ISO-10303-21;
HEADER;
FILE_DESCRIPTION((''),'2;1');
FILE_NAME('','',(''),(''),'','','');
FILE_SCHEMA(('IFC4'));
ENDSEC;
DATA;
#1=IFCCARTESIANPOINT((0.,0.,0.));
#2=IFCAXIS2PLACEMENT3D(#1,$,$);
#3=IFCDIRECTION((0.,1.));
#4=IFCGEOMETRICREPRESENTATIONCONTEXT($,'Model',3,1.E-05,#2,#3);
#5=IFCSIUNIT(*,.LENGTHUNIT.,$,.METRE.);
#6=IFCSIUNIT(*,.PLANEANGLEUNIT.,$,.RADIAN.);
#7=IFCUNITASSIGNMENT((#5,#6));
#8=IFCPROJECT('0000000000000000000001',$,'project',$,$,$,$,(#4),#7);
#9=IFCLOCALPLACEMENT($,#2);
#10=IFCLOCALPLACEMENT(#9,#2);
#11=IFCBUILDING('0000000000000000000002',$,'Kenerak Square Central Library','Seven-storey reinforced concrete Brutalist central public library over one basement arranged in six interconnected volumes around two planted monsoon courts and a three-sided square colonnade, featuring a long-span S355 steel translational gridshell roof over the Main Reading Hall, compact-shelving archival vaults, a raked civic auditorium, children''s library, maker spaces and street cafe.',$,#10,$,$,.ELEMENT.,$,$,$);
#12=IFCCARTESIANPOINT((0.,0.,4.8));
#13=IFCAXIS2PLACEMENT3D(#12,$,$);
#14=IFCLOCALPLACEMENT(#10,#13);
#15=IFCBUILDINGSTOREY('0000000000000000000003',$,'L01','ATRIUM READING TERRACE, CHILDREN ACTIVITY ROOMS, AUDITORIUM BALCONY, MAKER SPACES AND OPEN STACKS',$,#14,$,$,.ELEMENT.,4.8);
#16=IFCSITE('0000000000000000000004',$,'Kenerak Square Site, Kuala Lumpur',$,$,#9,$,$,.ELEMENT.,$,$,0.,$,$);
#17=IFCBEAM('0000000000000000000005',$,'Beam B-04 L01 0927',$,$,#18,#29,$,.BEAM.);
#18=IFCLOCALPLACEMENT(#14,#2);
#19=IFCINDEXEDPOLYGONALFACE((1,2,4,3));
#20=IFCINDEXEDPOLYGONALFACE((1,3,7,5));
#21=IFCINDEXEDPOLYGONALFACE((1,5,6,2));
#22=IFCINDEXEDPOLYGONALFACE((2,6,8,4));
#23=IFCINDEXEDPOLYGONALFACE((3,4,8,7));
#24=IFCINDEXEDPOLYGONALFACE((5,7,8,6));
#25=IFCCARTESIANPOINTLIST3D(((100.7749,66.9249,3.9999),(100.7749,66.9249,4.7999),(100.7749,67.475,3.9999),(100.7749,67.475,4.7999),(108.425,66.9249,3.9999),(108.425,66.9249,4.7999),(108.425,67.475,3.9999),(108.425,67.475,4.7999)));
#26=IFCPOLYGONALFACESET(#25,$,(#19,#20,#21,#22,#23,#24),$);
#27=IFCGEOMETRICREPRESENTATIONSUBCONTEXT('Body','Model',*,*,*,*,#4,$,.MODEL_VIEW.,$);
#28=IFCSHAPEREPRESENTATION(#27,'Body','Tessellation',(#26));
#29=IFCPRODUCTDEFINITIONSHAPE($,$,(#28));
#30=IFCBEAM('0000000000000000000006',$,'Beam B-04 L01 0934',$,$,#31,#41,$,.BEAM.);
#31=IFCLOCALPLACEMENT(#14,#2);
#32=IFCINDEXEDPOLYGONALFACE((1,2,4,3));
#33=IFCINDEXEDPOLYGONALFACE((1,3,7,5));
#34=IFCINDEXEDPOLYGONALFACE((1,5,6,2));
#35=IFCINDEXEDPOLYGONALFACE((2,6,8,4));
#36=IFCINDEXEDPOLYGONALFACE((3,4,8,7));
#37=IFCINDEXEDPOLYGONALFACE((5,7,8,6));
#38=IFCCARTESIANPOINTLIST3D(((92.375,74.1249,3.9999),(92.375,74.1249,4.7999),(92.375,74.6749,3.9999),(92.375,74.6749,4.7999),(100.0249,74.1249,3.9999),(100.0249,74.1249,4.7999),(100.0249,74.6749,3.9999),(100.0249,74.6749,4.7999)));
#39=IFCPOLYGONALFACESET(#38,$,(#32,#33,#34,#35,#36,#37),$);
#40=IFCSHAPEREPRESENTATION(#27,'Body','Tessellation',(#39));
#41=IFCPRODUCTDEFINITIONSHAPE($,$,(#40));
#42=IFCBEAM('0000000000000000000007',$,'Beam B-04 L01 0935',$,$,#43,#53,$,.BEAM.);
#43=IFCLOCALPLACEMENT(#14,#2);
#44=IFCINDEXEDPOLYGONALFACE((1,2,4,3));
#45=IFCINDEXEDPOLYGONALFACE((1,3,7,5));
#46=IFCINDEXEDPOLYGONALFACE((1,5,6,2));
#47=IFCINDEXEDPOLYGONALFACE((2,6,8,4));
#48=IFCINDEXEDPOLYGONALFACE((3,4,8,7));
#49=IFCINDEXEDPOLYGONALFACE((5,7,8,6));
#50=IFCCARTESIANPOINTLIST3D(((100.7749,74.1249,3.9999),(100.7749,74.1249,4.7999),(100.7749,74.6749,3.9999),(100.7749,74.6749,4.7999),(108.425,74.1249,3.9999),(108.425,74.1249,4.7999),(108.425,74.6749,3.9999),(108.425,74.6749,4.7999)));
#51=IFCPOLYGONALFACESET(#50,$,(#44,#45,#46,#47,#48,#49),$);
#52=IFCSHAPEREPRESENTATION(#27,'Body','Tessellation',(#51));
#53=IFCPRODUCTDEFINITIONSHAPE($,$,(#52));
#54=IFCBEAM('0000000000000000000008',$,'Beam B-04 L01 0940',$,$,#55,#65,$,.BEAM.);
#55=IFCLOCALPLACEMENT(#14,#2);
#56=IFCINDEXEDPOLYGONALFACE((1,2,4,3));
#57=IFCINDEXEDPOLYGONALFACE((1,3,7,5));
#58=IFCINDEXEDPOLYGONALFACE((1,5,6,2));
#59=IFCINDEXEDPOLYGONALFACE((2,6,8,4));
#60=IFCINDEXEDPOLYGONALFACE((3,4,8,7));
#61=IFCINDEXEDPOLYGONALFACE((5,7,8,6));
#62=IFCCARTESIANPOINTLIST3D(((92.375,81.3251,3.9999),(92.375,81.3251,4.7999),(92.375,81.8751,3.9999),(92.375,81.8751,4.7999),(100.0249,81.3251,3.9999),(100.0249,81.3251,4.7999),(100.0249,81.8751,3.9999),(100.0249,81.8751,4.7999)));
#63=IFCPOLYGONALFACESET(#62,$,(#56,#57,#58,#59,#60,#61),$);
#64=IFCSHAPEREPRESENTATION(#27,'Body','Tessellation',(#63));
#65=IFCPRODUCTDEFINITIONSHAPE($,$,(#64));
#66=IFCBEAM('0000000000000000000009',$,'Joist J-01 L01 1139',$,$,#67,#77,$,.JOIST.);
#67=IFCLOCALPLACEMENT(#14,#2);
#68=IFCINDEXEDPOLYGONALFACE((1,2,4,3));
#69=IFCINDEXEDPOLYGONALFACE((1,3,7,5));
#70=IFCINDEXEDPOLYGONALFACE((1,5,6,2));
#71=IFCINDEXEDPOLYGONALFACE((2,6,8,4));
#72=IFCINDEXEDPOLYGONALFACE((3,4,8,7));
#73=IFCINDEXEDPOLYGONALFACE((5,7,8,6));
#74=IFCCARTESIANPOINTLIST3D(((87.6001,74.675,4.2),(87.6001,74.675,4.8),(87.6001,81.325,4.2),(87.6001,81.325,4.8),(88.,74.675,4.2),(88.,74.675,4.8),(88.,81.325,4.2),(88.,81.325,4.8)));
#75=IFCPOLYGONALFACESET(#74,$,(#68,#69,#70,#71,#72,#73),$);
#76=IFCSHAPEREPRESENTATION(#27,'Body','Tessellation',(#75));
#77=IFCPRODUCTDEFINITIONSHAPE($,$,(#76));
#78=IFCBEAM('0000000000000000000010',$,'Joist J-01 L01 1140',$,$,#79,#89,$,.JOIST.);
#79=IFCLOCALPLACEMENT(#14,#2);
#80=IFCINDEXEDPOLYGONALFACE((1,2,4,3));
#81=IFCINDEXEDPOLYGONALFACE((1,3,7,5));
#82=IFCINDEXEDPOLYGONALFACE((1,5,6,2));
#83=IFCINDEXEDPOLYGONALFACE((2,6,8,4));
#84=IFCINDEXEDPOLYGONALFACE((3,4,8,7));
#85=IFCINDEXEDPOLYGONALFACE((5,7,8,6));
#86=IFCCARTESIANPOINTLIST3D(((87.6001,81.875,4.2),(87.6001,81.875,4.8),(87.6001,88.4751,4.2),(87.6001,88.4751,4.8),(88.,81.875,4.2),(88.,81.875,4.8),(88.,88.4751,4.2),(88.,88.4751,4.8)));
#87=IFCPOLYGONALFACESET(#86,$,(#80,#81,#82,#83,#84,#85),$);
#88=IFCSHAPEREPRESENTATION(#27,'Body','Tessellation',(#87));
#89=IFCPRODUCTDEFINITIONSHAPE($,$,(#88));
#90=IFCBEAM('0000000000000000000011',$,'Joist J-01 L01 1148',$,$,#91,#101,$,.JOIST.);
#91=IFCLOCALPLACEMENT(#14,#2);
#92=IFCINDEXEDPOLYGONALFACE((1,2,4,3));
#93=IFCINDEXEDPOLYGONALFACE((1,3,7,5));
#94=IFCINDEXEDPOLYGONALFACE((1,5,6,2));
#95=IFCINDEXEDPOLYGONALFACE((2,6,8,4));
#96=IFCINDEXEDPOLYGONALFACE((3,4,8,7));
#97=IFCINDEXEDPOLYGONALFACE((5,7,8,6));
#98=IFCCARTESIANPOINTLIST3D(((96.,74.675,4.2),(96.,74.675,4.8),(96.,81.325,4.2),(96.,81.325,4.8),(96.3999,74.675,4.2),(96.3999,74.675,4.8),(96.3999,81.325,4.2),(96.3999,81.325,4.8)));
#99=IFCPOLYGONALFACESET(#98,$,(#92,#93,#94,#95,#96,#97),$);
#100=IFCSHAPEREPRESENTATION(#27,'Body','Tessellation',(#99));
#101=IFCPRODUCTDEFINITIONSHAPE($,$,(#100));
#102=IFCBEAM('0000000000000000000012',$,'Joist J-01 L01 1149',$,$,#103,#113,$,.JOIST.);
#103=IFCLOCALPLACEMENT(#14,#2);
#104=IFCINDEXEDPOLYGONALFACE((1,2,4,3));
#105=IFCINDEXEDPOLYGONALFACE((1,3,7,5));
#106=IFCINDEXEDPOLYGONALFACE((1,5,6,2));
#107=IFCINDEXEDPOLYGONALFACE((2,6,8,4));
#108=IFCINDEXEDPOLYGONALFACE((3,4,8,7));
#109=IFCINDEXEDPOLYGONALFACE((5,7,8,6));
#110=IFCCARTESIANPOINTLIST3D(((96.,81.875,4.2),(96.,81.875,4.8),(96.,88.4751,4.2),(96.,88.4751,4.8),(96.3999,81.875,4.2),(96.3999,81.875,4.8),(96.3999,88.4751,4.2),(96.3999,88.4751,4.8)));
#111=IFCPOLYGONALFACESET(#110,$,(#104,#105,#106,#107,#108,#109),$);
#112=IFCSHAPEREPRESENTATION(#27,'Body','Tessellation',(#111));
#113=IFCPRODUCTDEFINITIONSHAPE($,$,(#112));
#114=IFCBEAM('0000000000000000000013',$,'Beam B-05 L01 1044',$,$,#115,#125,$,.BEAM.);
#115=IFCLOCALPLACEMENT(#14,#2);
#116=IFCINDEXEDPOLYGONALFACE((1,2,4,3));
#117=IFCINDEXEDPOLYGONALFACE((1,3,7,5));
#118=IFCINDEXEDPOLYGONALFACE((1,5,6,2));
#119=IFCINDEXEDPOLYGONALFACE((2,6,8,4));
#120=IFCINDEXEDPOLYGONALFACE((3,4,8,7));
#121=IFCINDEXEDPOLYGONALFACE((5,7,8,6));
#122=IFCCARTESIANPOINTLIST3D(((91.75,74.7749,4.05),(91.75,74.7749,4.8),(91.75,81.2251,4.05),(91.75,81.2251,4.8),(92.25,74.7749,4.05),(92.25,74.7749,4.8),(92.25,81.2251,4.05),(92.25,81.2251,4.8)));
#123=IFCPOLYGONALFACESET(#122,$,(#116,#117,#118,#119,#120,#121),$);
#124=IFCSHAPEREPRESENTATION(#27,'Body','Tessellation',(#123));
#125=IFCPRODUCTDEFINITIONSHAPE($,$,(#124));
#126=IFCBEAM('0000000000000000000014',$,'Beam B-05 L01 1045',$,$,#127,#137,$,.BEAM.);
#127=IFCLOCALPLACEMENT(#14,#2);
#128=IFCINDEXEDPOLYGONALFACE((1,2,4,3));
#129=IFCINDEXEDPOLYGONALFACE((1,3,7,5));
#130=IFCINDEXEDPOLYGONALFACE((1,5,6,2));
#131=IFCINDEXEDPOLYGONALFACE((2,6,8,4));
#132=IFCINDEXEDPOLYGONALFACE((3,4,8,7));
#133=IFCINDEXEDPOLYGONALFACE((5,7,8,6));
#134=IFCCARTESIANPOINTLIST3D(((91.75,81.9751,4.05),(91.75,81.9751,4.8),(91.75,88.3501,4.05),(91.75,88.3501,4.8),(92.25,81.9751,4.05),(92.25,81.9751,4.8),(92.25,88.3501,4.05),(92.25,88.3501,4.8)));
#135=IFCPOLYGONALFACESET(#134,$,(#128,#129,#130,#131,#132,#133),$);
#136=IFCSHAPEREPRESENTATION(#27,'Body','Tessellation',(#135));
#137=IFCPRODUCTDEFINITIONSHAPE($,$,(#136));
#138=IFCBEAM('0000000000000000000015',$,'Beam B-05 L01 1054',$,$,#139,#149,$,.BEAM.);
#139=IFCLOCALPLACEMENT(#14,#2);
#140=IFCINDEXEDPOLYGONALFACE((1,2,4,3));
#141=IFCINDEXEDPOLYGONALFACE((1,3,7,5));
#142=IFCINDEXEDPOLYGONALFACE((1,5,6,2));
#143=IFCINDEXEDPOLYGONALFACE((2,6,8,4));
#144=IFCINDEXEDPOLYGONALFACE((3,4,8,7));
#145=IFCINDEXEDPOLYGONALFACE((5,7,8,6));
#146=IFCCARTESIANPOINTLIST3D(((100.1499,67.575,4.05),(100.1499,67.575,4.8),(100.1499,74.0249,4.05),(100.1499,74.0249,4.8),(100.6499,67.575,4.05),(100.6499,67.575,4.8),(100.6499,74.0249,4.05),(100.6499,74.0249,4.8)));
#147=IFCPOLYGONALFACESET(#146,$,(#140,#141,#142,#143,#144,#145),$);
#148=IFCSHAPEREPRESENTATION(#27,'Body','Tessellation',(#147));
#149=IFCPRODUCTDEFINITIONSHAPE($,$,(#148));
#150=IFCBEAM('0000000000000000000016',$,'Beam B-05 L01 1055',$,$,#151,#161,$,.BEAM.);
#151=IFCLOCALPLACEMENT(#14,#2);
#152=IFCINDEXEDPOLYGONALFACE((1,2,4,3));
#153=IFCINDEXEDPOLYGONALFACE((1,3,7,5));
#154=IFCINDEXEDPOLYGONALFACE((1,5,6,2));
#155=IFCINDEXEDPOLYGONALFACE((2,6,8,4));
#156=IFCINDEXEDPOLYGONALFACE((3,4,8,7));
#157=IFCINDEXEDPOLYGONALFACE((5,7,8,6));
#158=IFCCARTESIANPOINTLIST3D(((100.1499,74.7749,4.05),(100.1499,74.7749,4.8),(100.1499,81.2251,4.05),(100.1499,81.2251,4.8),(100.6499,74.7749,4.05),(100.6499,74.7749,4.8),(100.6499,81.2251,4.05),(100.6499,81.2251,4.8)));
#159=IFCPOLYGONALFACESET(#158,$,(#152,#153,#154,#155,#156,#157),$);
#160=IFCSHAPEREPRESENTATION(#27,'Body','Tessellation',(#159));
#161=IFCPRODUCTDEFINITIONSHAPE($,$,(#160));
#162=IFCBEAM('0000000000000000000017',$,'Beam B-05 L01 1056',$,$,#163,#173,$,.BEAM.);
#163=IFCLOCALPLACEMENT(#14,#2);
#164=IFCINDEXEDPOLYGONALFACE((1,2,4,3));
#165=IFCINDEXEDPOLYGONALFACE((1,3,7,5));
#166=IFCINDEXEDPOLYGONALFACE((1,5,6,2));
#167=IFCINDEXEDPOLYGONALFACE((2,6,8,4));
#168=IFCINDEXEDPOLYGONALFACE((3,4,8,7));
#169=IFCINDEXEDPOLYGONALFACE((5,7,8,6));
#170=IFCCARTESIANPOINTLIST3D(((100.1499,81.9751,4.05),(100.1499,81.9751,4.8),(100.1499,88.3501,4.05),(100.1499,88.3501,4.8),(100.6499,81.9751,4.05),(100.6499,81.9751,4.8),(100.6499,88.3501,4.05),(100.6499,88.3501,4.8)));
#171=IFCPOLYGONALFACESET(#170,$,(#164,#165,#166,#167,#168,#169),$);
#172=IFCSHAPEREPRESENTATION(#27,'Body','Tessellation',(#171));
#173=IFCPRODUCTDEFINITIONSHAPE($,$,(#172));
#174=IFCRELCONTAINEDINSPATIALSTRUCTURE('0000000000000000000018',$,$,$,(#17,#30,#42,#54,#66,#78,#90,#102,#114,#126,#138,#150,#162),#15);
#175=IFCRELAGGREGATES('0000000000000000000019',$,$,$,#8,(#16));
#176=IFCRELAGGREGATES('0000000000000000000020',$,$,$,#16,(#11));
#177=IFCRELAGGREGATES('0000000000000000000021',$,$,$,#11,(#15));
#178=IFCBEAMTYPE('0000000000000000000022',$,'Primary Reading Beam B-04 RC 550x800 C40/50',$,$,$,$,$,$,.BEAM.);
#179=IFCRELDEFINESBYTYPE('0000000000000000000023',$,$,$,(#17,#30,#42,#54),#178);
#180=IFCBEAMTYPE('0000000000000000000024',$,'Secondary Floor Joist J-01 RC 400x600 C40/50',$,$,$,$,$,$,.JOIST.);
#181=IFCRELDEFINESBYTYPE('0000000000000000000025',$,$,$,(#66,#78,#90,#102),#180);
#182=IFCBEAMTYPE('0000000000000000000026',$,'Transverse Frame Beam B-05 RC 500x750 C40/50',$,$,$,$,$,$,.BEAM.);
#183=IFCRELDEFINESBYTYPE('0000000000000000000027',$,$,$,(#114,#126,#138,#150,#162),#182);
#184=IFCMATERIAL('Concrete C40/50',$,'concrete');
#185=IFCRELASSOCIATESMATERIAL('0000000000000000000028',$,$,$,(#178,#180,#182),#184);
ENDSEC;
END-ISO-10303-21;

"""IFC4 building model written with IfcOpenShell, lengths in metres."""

from ifc_helpers import new_model, si_unit, direction, frame, origin, origin_2d, place, context, subcontext, project, spatial, rectangle, extrude, material, material_profile, profile_set, type_object, element, save


model = new_model("IFC4")

# Units and contexts
model_context = context("Model", 3, precision=1e-05, world=origin(), true_north=direction((0.0, 1.0)))
body_context = subcontext(model_context, "Body", "Model", "MODEL_VIEW")
ifc_project = project(units=[si_unit("LENGTHUNIT", "METRE"), si_unit("PLANEANGLEUNIT", "RADIAN")], contexts=[model_context])

# Site, building, storey
site_placement = place(None, origin())
site = spatial("IfcSite", under=ifc_project, at=site_placement, Name="Kenerak Square Site, Kuala Lumpur", CompositionType="ELEMENT", RefElevation=0.0)
building_placement = place(site_placement, origin())
building = spatial("IfcBuilding", under=site, at=building_placement, Name="Kenerak Square Central Library", Description="Seven-storey reinforced concrete Brutalist central public library over one basement arranged in six interconnected volumes around two planted monsoon courts and a three-sided square colonnade, featuring a long-span S355 steel translational gridshell roof over the Main Reading Hall, compact-shelving archival vaults, a raked civic auditorium, children's library, maker spaces and street cafe.", CompositionType="ELEMENT")
storey_placement = place(building_placement, frame((0.0, 0.0, 4.8)))
storey = spatial("IfcBuildingStorey", under=building, at=storey_placement, Name="L01", Description="ATRIUM READING TERRACE, CHILDREN ACTIVITY ROOMS, AUDITORIUM BALCONY, MAKER SPACES AND OPEN STACKS", CompositionType="ELEMENT", Elevation=4.8)

# Shared definitions
ifc_material_1 = material(Name="Concrete C40/50", Category="concrete")

# Beams
ifc_material_profile_1 = material_profile(ifc_material_1, rectangle(XDim=0.55, YDim=0.8, at=origin_2d()), Name="RC 550x800")
ifc_profile_set_1 = profile_set([ifc_material_profile_1], Name="Concrete C40/50")
beam_type_1 = type_object("IfcBeamType", Name="Primary Reading Beam B-04 RC 550x800 C40/50", PredefinedType="BEAM", material=ifc_profile_set_1)
beam_1_placement = place(storey_placement, frame((100.7749, 67.2, 4.3999), z_axis=(1.0, 0.0, 0.0), x_axis=(0.0, 1.0, 0.0)))
element("IfcBeam", 1, at=beam_1_placement, inside=storey, type_object=beam_type_1, Name="Beam B-04 L01 0927", PredefinedType="BEAM", context=body_context, shape_type="SweptSolid", body=[
    extrude(rectangle(XDim=0.55, YDim=0.8, at=origin_2d()), origin(), (0.0, 0.0, 1.0), 7.6501),
])
beam_2_placement = place(storey_placement, frame((92.375, 74.3999, 4.3999), z_axis=(1.0, 0.0, 0.0), x_axis=(0.0, 1.0, 0.0)))
element("IfcBeam", 2, at=beam_2_placement, inside=storey, type_object=beam_type_1, Name="Beam B-04 L01 0934", PredefinedType="BEAM", context=body_context, shape_type="SweptSolid", body=[
    extrude(rectangle(XDim=0.55, YDim=0.8, at=origin_2d()), origin(), (0.0, 0.0, 1.0), 7.6499),
])
beam_3_placement = place(storey_placement, frame((100.7749, 74.3999, 4.3999), z_axis=(1.0, 0.0, 0.0), x_axis=(0.0, 1.0, 0.0)))
element("IfcBeam", 3, at=beam_3_placement, inside=storey, type_object=beam_type_1, Name="Beam B-04 L01 0935", PredefinedType="BEAM", context=body_context, shape_type="SweptSolid", body=[
    extrude(rectangle(XDim=0.55, YDim=0.8, at=origin_2d()), origin(), (0.0, 0.0, 1.0), 7.6501),
])
beam_4_placement = place(storey_placement, frame((92.375, 81.6001, 4.3999), z_axis=(1.0, 0.0, 0.0), x_axis=(0.0, 1.0, 0.0)))
element("IfcBeam", 4, at=beam_4_placement, inside=storey, type_object=beam_type_1, Name="Beam B-04 L01 0940", PredefinedType="BEAM", context=body_context, shape_type="SweptSolid", body=[
    extrude(rectangle(XDim=0.55, YDim=0.8, at=origin_2d()), origin(), (0.0, 0.0, 1.0), 7.6499),
])
ifc_material_profile_2 = material_profile(ifc_material_1, rectangle(XDim=0.3999, YDim=0.6001, at=origin_2d()), Name="RC 400x600")
ifc_profile_set_2 = profile_set([ifc_material_profile_2], Name="Concrete C40/50")
beam_type_2 = type_object("IfcBeamType", Name="Secondary Floor Joist J-01 RC 400x600 C40/50", PredefinedType="JOIST", material=ifc_profile_set_2)
beam_5_placement = place(storey_placement, frame((87.8, 74.675, 4.5), z_axis=(0.0, 1.0, 0.0), x_axis=(-1.0, 0.0, 0.0)))
element("IfcBeam", 5, at=beam_5_placement, inside=storey, type_object=beam_type_2, Name="Joist J-01 L01 1139", PredefinedType="JOIST", context=body_context, shape_type="SweptSolid", body=[
    extrude(rectangle(XDim=0.3999, YDim=0.6001, at=origin_2d()), origin(), (0.0, 0.0, 1.0), 6.6499),
])
beam_6_placement = place(storey_placement, frame((87.8, 81.875, 4.5), z_axis=(0.0, 1.0, 0.0), x_axis=(-1.0, 0.0, 0.0)))
element("IfcBeam", 6, at=beam_6_placement, inside=storey, type_object=beam_type_2, Name="Joist J-01 L01 1140", PredefinedType="JOIST", context=body_context, shape_type="SweptSolid", body=[
    extrude(rectangle(XDim=0.3999, YDim=0.6001, at=origin_2d()), origin(), (0.0, 0.0, 1.0), 6.6001),
])
beam_7_placement = place(storey_placement, frame((96.2, 74.675, 4.5), z_axis=(0.0, 1.0, 0.0), x_axis=(-1.0, 0.0, 0.0)))
element("IfcBeam", 7, at=beam_7_placement, inside=storey, type_object=beam_type_2, Name="Joist J-01 L01 1148", PredefinedType="JOIST", context=body_context, shape_type="SweptSolid", body=[
    extrude(rectangle(XDim=0.3999, YDim=0.6001, at=origin_2d()), origin(), (0.0, 0.0, 1.0), 6.6499),
])
beam_8_placement = place(storey_placement, frame((96.2, 81.875, 4.5), z_axis=(0.0, 1.0, 0.0), x_axis=(-1.0, 0.0, 0.0)))
element("IfcBeam", 8, at=beam_8_placement, inside=storey, type_object=beam_type_2, Name="Joist J-01 L01 1149", PredefinedType="JOIST", context=body_context, shape_type="SweptSolid", body=[
    extrude(rectangle(XDim=0.3999, YDim=0.6001, at=origin_2d()), origin(), (0.0, 0.0, 1.0), 6.6001),
])
ifc_material_profile_3 = material_profile(ifc_material_1, rectangle(XDim=0.5, YDim=0.75, at=origin_2d()), Name="RC 500x750")
ifc_profile_set_3 = profile_set([ifc_material_profile_3], Name="Concrete C40/50")
beam_type_3 = type_object("IfcBeamType", Name="Transverse Frame Beam B-05 RC 500x750 C40/50", PredefinedType="BEAM", material=ifc_profile_set_3)
beam_9_placement = place(storey_placement, frame((92.0, 74.7749, 4.425), z_axis=(0.0, 1.0, 0.0), x_axis=(-1.0, 0.0, 0.0)))
element("IfcBeam", 9, at=beam_9_placement, inside=storey, type_object=beam_type_3, Name="Beam B-05 L01 1044", PredefinedType="BEAM", context=body_context, shape_type="SweptSolid", body=[
    extrude(rectangle(XDim=0.5, YDim=0.75, at=origin_2d()), origin(), (0.0, 0.0, 1.0), 6.4502),
])
beam_10_placement = place(storey_placement, frame((92.0, 81.9751, 4.425), z_axis=(0.0, 1.0, 0.0), x_axis=(-1.0, 0.0, 0.0)))
element("IfcBeam", 10, at=beam_10_placement, inside=storey, type_object=beam_type_3, Name="Beam B-05 L01 1045", PredefinedType="BEAM", context=body_context, shape_type="SweptSolid", body=[
    extrude(rectangle(XDim=0.5, YDim=0.75, at=origin_2d()), origin(), (0.0, 0.0, 1.0), 6.375),
])
beam_11_placement = place(storey_placement, frame((100.3999, 67.575, 4.425), z_axis=(0.0, 1.0, 0.0), x_axis=(-1.0, 0.0, 0.0)))
element("IfcBeam", 11, at=beam_11_placement, inside=storey, type_object=beam_type_3, Name="Beam B-05 L01 1054", PredefinedType="BEAM", context=body_context, shape_type="SweptSolid", body=[
    extrude(rectangle(XDim=0.5, YDim=0.75, at=origin_2d()), origin(), (0.0, 0.0, 1.0), 6.45),
])
beam_12_placement = place(storey_placement, frame((100.3999, 74.7749, 4.425), z_axis=(0.0, 1.0, 0.0), x_axis=(-1.0, 0.0, 0.0)))
element("IfcBeam", 12, at=beam_12_placement, inside=storey, type_object=beam_type_3, Name="Beam B-05 L01 1055", PredefinedType="BEAM", context=body_context, shape_type="SweptSolid", body=[
    extrude(rectangle(XDim=0.5, YDim=0.75, at=origin_2d()), origin(), (0.0, 0.0, 1.0), 6.4502),
])
beam_13_placement = place(storey_placement, frame((100.3999, 81.9751, 4.425), z_axis=(0.0, 1.0, 0.0), x_axis=(-1.0, 0.0, 0.0)))
element("IfcBeam", 13, at=beam_13_placement, inside=storey, type_object=beam_type_3, Name="Beam B-05 L01 1056", PredefinedType="BEAM", context=body_context, shape_type="SweptSolid", body=[
    extrude(rectangle(XDim=0.5, YDim=0.75, at=origin_2d()), origin(), (0.0, 0.0, 1.0), 6.375),
])

save(model, "model.ifc")
